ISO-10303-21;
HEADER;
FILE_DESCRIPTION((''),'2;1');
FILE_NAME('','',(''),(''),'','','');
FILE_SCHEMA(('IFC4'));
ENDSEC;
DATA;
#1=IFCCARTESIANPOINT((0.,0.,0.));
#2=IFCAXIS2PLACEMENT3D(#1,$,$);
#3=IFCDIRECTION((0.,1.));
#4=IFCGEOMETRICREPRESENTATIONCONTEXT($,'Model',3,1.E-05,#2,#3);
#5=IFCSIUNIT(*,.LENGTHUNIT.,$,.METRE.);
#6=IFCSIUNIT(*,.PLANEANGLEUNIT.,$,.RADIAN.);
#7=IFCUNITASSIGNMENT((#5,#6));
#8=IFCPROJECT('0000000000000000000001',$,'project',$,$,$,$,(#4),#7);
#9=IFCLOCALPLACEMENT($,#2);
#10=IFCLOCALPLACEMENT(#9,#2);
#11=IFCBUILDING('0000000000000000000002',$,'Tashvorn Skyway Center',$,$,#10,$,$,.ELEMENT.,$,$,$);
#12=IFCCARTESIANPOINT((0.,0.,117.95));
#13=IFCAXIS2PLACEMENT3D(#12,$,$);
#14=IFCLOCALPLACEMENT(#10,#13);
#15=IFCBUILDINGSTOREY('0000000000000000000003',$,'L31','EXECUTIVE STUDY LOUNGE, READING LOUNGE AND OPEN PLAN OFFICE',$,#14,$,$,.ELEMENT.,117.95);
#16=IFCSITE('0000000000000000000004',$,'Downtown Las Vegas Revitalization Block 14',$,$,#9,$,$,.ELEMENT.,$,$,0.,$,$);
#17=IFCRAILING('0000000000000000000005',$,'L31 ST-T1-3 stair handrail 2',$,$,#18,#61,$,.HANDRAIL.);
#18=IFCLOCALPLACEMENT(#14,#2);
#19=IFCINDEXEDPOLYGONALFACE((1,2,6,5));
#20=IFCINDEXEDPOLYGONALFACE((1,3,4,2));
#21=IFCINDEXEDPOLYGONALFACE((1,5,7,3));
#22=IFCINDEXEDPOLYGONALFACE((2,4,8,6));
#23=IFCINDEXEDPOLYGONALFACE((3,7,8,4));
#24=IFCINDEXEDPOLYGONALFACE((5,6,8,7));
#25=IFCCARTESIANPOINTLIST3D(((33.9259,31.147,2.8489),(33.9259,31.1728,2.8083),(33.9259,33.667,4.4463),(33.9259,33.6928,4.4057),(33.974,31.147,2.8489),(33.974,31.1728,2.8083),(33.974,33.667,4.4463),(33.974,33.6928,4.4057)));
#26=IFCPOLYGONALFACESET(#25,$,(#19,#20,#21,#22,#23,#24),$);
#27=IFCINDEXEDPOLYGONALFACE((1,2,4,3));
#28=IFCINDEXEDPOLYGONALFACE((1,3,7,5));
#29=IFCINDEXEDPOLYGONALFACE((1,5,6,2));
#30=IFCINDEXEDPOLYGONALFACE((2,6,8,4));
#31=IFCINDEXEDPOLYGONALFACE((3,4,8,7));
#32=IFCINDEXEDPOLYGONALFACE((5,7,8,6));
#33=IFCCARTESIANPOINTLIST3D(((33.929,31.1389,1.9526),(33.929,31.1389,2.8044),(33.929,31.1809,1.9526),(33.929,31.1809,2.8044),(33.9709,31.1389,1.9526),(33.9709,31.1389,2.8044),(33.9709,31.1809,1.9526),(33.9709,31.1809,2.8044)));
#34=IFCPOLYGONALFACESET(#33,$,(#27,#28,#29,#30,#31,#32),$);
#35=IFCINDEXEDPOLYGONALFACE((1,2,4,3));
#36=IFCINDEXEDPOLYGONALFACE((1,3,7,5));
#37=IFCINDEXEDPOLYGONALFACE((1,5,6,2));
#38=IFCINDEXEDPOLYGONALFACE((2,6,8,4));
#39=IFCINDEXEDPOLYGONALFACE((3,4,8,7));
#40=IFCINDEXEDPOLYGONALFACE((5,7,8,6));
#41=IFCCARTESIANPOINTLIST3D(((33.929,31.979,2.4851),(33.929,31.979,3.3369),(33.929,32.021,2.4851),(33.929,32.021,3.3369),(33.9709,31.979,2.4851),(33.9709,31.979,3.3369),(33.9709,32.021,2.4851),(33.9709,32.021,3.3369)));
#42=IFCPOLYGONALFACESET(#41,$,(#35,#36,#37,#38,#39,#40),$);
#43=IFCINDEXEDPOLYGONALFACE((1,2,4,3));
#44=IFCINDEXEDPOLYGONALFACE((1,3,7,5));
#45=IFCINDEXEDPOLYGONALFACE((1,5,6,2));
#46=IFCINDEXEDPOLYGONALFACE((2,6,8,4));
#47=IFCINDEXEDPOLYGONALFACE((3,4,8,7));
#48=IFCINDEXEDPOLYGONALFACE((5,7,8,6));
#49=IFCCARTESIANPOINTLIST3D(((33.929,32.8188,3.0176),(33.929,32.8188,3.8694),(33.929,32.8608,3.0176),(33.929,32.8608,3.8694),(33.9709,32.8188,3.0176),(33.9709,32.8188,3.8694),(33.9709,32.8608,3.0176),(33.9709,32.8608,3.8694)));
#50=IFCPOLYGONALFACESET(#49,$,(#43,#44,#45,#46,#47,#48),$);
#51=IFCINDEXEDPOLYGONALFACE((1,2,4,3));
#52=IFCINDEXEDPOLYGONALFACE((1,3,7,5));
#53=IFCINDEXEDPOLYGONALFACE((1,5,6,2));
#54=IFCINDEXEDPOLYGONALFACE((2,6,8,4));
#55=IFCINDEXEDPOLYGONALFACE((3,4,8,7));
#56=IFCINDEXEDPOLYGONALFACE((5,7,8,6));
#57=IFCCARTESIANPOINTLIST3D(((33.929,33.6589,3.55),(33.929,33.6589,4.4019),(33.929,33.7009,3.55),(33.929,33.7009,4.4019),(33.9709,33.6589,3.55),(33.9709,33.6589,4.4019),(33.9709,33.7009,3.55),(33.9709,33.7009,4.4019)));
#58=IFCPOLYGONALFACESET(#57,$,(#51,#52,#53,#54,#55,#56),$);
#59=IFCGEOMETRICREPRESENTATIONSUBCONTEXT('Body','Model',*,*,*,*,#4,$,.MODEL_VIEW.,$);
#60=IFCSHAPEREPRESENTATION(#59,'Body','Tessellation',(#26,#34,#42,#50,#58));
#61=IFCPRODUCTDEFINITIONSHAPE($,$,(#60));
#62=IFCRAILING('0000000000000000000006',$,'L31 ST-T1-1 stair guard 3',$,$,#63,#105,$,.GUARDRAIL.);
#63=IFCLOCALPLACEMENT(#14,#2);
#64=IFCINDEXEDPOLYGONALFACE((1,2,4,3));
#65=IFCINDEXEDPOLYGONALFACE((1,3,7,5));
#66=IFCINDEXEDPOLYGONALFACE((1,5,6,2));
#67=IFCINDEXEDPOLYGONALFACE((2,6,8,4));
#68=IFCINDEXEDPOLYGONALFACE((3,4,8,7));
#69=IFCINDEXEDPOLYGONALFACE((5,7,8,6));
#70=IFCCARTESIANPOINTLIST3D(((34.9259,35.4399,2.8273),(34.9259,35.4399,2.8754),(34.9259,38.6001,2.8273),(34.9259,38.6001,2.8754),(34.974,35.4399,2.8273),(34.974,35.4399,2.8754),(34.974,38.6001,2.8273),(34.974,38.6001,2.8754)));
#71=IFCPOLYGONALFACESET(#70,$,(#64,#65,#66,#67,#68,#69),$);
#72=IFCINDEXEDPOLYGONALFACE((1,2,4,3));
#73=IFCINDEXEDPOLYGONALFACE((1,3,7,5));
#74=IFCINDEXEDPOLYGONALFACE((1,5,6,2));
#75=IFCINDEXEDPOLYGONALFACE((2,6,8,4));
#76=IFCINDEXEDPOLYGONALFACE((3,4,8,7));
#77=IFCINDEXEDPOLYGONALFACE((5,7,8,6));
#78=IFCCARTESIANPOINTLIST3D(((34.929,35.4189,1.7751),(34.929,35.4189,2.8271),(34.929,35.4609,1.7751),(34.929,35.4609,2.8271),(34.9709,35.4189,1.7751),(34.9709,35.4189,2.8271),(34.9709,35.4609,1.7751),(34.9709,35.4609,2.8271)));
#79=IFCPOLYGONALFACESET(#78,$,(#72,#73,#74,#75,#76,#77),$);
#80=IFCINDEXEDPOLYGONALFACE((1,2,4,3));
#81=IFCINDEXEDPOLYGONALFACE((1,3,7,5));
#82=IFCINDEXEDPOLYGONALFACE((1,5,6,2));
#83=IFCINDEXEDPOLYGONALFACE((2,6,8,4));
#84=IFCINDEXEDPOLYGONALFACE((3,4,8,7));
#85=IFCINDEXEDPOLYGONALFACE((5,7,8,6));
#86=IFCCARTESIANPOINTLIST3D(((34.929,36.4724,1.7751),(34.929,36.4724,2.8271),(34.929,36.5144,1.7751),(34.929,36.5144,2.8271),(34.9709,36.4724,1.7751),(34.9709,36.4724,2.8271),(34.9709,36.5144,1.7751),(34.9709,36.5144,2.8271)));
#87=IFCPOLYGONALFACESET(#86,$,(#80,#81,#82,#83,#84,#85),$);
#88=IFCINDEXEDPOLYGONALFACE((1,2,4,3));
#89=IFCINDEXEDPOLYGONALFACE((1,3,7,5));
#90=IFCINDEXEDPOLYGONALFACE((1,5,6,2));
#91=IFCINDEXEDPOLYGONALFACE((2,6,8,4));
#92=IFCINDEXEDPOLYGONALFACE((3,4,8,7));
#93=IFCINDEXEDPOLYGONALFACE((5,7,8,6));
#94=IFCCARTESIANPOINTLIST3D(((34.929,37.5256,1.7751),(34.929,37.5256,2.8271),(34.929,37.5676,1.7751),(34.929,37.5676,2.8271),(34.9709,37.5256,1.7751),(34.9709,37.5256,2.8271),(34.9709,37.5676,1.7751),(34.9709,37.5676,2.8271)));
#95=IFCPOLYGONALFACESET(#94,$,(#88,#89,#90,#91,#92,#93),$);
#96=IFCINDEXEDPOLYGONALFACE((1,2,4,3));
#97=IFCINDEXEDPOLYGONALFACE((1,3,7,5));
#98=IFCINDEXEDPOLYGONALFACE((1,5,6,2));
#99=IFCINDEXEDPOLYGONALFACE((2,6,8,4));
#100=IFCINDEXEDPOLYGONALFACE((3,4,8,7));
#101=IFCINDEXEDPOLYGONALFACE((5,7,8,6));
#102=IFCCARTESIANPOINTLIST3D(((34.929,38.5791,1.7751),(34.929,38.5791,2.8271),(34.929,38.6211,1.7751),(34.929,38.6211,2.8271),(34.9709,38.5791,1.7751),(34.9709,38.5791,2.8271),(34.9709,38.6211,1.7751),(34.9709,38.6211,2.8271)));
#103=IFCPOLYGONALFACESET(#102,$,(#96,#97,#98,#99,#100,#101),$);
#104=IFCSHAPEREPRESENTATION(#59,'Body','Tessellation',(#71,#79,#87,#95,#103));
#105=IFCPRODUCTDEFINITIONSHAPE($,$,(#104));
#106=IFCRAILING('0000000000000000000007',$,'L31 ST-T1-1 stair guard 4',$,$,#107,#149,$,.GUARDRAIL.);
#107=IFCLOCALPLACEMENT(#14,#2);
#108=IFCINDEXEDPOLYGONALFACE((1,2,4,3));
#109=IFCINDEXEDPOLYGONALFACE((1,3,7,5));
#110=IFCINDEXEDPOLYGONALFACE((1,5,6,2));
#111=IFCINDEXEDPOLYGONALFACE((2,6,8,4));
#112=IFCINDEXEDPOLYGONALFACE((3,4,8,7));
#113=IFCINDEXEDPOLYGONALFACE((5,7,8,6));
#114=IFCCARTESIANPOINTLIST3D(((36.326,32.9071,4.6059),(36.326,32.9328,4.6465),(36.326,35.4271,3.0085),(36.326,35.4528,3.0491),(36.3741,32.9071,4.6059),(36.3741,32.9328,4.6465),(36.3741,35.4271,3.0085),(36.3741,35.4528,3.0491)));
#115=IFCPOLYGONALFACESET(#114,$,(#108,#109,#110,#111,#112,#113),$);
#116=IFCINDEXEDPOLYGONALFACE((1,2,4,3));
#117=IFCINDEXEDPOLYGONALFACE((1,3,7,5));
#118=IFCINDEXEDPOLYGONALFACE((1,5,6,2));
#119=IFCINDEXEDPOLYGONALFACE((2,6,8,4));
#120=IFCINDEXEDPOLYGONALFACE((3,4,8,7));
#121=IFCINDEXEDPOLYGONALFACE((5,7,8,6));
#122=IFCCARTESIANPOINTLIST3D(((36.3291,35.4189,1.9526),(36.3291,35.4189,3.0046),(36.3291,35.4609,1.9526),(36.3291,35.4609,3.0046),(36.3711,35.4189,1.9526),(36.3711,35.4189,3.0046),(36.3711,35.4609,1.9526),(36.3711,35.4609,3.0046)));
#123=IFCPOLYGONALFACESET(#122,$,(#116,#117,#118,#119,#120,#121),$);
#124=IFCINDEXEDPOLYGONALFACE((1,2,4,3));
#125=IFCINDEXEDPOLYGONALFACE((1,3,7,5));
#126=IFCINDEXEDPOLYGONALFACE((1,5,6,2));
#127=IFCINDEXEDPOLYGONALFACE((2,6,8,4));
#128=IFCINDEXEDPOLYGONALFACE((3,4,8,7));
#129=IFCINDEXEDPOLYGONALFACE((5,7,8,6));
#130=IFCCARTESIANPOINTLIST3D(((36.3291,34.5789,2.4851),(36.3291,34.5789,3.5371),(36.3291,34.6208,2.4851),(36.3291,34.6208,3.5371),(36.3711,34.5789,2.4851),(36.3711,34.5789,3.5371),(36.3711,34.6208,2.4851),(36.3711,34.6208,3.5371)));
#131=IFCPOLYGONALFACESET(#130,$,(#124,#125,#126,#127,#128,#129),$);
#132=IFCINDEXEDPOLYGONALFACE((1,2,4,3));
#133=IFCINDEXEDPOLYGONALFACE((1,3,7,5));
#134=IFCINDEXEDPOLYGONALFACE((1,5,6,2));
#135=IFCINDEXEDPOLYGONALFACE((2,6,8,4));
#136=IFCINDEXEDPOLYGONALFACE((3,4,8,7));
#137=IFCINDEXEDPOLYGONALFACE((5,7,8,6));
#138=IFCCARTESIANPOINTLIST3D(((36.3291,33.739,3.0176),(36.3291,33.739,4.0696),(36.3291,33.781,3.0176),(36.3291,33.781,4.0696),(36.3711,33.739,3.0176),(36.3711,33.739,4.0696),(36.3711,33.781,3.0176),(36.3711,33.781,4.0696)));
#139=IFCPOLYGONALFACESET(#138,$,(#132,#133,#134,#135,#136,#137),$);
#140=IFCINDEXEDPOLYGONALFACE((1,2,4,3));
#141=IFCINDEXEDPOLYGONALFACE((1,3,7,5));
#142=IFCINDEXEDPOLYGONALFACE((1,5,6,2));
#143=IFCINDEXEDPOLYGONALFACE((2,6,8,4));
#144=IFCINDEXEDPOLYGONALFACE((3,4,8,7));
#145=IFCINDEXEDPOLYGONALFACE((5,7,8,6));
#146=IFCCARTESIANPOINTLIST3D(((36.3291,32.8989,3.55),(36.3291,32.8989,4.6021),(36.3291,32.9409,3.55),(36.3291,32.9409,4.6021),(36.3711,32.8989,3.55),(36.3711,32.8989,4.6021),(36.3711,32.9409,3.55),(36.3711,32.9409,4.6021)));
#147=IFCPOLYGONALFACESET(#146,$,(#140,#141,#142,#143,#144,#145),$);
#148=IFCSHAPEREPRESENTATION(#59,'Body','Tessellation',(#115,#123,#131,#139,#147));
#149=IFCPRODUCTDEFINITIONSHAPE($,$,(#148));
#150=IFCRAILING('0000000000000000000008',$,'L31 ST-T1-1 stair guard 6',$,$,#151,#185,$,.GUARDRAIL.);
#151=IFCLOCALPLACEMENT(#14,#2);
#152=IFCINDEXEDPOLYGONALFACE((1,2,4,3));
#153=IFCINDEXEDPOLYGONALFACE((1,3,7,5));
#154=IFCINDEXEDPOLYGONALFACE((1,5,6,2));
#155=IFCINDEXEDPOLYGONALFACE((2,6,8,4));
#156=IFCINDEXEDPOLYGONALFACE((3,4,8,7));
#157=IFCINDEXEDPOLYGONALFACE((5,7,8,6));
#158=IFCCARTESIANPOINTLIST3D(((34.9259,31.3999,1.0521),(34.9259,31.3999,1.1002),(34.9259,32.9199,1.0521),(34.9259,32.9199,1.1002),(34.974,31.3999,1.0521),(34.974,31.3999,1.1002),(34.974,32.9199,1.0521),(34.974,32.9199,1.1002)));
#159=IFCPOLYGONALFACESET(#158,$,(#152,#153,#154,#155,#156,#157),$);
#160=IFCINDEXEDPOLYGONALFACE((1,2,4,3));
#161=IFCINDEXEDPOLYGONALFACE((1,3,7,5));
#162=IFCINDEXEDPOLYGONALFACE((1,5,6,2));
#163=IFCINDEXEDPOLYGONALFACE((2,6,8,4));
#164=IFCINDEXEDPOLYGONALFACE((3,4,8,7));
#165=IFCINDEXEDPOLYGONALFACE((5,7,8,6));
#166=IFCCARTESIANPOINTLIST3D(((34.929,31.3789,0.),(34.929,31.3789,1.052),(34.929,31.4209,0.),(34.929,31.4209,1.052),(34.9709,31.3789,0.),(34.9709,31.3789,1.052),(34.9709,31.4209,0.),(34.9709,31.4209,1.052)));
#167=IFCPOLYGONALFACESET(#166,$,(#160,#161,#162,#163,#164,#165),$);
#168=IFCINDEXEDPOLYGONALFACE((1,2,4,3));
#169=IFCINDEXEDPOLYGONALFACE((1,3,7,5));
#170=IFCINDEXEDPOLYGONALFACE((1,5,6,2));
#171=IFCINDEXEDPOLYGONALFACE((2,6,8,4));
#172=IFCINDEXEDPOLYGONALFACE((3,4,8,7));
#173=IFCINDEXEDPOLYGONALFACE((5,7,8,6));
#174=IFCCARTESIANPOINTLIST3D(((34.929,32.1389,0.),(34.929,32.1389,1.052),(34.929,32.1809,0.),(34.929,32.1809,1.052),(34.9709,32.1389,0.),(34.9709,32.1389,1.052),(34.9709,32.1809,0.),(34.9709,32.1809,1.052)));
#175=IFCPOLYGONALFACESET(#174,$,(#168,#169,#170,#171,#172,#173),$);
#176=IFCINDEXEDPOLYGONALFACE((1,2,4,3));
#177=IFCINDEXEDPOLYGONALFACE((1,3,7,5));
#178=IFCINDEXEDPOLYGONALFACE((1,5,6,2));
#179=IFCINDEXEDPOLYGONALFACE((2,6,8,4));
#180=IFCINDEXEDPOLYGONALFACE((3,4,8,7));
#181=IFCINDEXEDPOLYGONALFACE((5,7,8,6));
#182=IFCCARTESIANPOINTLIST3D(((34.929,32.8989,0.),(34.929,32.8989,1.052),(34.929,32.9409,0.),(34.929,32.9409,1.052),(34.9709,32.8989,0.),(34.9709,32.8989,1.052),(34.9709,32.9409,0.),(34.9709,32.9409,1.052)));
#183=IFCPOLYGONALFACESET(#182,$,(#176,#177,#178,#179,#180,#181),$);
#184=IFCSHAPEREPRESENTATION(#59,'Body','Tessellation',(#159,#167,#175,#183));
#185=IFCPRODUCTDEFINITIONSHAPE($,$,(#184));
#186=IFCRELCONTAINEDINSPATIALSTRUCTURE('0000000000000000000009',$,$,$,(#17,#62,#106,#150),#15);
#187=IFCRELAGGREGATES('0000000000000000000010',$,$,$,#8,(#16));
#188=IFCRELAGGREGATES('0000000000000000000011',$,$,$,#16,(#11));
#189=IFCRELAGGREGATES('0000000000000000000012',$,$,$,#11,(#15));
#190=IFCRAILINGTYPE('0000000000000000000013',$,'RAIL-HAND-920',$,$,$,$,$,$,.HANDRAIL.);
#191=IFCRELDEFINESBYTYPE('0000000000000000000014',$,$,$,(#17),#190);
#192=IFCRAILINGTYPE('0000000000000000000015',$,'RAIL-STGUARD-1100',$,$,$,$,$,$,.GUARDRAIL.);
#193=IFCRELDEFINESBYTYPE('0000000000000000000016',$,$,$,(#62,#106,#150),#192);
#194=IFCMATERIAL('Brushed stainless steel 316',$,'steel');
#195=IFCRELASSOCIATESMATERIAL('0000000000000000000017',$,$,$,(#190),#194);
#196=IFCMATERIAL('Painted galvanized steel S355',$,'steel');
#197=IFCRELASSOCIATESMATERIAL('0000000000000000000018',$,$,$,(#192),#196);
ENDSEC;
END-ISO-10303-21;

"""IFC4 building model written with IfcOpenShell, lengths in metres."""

from ifc_helpers import new_model, si_unit, direction, frame, origin, origin_2d, place, context, subcontext, project, spatial, rectangle, extrude, material, type_object, element, save


model = new_model("IFC4")

# Units and contexts
model_context = context("Model", 3, precision=1e-05, world=origin(), true_north=direction((0.0, 1.0)))
body_context = subcontext(model_context, "Body", "Model", "MODEL_VIEW")
ifc_project = project(units=[si_unit("LENGTHUNIT", "METRE"), si_unit("PLANEANGLEUNIT", "RADIAN")], contexts=[model_context])

# Site, building, storey
site_placement = place(None, origin())
site = spatial("IfcSite", under=ifc_project, at=site_placement, Name="Downtown Las Vegas Revitalization Block 14", CompositionType="ELEMENT", RefElevation=0.0)
building_placement = place(site_placement, origin())
building = spatial("IfcBuilding", under=site, at=building_placement, Name="Tashvorn Skyway Center", CompositionType="ELEMENT")
storey_placement = place(building_placement, frame((0.0, 0.0, 117.95)))
storey = spatial("IfcBuildingStorey", under=building, at=storey_placement, Name="L31", Description="EXECUTIVE STUDY LOUNGE, READING LOUNGE AND OPEN PLAN OFFICE", CompositionType="ELEMENT", Elevation=117.95)

# Railings
ifc_material_1 = material(Name="Brushed stainless steel 316", Category="steel")
railing_type_1 = type_object("IfcRailingType", Name="RAIL-HAND-920", PredefinedType="HANDRAIL", material=ifc_material_1)
railing_1_placement = place(storey_placement, frame((33.95, 31.1599, 1.9526)))
element("IfcRailing", 1, at=railing_1_placement, inside=storey, type_object=railing_type_1, Name="L31 ST-T1-3 stair handrail 2", PredefinedType="HANDRAIL", context=body_context, shape_type="SweptSolid", body=[
    extrude(rectangle(XDim=0.0481, YDim=0.0481, at=origin_2d()), frame((0.0, 0.0, 0.876), z_axis=(0.0, 0.844607, 0.535387), x_axis=(-1.0, 0.0, 0.0)), (0.0, 0.0, 1.0), 2.9836),
    extrude(rectangle(XDim=0.042, YDim=0.042, at=origin_2d()), origin(), (0.0, 0.0, 1.0), 0.8518),
    extrude(rectangle(XDim=0.042, YDim=0.042, at=origin_2d()), frame((0.0, 0.8401, 0.5325)), (0.0, 0.0, 1.0), 0.8518),
    extrude(rectangle(XDim=0.042, YDim=0.042, at=origin_2d()), frame((0.0, 1.6799, 1.0649)), (0.0, 0.0, 1.0), 0.8518),
    extrude(rectangle(XDim=0.042, YDim=0.042, at=origin_2d()), frame((0.0, 2.52, 1.5974)), (0.0, 0.0, 1.0), 0.8518),
])
ifc_material_2 = material(Name="Painted galvanized steel S355", Category="steel")
railing_type_2 = type_object("IfcRailingType", Name="RAIL-STGUARD-1100", PredefinedType="GUARDRAIL", material=ifc_material_2)
railing_2_placement = place(storey_placement, frame((34.95, 35.4399, 1.7751)))
element("IfcRailing", 2, at=railing_2_placement, inside=storey, type_object=railing_type_2, Name="L31 ST-T1-1 stair guard 3", PredefinedType="GUARDRAIL", context=body_context, shape_type="SweptSolid", body=[
    extrude(rectangle(XDim=0.0481, YDim=0.0481, at=origin_2d()), frame((0.0, 0.0, 1.0762), z_axis=(0.0, 1.0, 0.0), x_axis=(-1.0, 0.0, 0.0)), (0.0, 0.0, 1.0), 3.1602),
    extrude(rectangle(XDim=0.042, YDim=0.042, at=origin_2d()), origin(), (0.0, 0.0, 1.0), 1.052),
    extrude(rectangle(XDim=0.042, YDim=0.042, at=origin_2d()), frame((0.0, 1.0535, 0.0)), (0.0, 0.0, 1.0), 1.052),
    extrude(rectangle(XDim=0.042, YDim=0.042, at=origin_2d()), frame((0.0, 2.1067, 0.0)), (0.0, 0.0, 1.0), 1.052),
    extrude(rectangle(XDim=0.042, YDim=0.042, at=origin_2d()), frame((0.0, 3.1602, 0.0)), (0.0, 0.0, 1.0), 1.052),
])
railing_3_placement = place(storey_placement, frame((36.3501, 35.4399, 1.9526)))
element("IfcRailing", 3, at=railing_3_placement, inside=storey, type_object=railing_type_2, Name="L31 ST-T1-1 stair guard 4", PredefinedType="GUARDRAIL", context=body_context, shape_type="SweptSolid", body=[
    extrude(rectangle(XDim=0.0481, YDim=0.0481, at=origin_2d()), frame((0.0, 0.0, 1.0762), z_axis=(0.0, -0.844607, 0.535387), x_axis=(1.0, 0.0, 0.0)), (0.0, 0.0, 1.0), 2.9836),
    extrude(rectangle(XDim=0.042, YDim=0.042, at=origin_2d()), origin(), (0.0, 0.0, 1.0), 1.052),
    extrude(rectangle(XDim=0.042, YDim=0.042, at=origin_2d()), frame((0.0, -0.8401, 0.5325)), (0.0, 0.0, 1.0), 1.052),
    extrude(rectangle(XDim=0.042, YDim=0.042, at=origin_2d()), frame((0.0, -1.6799, 1.0649)), (0.0, 0.0, 1.0), 1.052),
    extrude(rectangle(XDim=0.042, YDim=0.042, at=origin_2d()), frame((0.0, -2.52, 1.5974)), (0.0, 0.0, 1.0), 1.052),
])
railing_4_placement = place(storey_placement, frame((34.95, 31.3999, 0.0)))
element("IfcRailing", 4, at=railing_4_placement, inside=storey, type_object=railing_type_2, Name="L31 ST-T1-1 stair guard 6", PredefinedType="GUARDRAIL", context=body_context, shape_type="SweptSolid", body=[
    extrude(rectangle(XDim=0.0481, YDim=0.0481, at=origin_2d()), frame((0.0, 0.0, 1.0762), z_axis=(0.0, 1.0, 0.0), x_axis=(-1.0, 0.0, 0.0)), (0.0, 0.0, 1.0), 1.52),
    extrude(rectangle(XDim=0.042, YDim=0.042, at=origin_2d()), origin(), (0.0, 0.0, 1.0), 1.052),
    extrude(rectangle(XDim=0.042, YDim=0.042, at=origin_2d()), frame((0.0, 0.76, 0.0)), (0.0, 0.0, 1.0), 1.052),
    extrude(rectangle(XDim=0.042, YDim=0.042, at=origin_2d()), frame((0.0, 1.52, 0.0)), (0.0, 0.0, 1.0), 1.052),
])

save(model, "model.ifc")
